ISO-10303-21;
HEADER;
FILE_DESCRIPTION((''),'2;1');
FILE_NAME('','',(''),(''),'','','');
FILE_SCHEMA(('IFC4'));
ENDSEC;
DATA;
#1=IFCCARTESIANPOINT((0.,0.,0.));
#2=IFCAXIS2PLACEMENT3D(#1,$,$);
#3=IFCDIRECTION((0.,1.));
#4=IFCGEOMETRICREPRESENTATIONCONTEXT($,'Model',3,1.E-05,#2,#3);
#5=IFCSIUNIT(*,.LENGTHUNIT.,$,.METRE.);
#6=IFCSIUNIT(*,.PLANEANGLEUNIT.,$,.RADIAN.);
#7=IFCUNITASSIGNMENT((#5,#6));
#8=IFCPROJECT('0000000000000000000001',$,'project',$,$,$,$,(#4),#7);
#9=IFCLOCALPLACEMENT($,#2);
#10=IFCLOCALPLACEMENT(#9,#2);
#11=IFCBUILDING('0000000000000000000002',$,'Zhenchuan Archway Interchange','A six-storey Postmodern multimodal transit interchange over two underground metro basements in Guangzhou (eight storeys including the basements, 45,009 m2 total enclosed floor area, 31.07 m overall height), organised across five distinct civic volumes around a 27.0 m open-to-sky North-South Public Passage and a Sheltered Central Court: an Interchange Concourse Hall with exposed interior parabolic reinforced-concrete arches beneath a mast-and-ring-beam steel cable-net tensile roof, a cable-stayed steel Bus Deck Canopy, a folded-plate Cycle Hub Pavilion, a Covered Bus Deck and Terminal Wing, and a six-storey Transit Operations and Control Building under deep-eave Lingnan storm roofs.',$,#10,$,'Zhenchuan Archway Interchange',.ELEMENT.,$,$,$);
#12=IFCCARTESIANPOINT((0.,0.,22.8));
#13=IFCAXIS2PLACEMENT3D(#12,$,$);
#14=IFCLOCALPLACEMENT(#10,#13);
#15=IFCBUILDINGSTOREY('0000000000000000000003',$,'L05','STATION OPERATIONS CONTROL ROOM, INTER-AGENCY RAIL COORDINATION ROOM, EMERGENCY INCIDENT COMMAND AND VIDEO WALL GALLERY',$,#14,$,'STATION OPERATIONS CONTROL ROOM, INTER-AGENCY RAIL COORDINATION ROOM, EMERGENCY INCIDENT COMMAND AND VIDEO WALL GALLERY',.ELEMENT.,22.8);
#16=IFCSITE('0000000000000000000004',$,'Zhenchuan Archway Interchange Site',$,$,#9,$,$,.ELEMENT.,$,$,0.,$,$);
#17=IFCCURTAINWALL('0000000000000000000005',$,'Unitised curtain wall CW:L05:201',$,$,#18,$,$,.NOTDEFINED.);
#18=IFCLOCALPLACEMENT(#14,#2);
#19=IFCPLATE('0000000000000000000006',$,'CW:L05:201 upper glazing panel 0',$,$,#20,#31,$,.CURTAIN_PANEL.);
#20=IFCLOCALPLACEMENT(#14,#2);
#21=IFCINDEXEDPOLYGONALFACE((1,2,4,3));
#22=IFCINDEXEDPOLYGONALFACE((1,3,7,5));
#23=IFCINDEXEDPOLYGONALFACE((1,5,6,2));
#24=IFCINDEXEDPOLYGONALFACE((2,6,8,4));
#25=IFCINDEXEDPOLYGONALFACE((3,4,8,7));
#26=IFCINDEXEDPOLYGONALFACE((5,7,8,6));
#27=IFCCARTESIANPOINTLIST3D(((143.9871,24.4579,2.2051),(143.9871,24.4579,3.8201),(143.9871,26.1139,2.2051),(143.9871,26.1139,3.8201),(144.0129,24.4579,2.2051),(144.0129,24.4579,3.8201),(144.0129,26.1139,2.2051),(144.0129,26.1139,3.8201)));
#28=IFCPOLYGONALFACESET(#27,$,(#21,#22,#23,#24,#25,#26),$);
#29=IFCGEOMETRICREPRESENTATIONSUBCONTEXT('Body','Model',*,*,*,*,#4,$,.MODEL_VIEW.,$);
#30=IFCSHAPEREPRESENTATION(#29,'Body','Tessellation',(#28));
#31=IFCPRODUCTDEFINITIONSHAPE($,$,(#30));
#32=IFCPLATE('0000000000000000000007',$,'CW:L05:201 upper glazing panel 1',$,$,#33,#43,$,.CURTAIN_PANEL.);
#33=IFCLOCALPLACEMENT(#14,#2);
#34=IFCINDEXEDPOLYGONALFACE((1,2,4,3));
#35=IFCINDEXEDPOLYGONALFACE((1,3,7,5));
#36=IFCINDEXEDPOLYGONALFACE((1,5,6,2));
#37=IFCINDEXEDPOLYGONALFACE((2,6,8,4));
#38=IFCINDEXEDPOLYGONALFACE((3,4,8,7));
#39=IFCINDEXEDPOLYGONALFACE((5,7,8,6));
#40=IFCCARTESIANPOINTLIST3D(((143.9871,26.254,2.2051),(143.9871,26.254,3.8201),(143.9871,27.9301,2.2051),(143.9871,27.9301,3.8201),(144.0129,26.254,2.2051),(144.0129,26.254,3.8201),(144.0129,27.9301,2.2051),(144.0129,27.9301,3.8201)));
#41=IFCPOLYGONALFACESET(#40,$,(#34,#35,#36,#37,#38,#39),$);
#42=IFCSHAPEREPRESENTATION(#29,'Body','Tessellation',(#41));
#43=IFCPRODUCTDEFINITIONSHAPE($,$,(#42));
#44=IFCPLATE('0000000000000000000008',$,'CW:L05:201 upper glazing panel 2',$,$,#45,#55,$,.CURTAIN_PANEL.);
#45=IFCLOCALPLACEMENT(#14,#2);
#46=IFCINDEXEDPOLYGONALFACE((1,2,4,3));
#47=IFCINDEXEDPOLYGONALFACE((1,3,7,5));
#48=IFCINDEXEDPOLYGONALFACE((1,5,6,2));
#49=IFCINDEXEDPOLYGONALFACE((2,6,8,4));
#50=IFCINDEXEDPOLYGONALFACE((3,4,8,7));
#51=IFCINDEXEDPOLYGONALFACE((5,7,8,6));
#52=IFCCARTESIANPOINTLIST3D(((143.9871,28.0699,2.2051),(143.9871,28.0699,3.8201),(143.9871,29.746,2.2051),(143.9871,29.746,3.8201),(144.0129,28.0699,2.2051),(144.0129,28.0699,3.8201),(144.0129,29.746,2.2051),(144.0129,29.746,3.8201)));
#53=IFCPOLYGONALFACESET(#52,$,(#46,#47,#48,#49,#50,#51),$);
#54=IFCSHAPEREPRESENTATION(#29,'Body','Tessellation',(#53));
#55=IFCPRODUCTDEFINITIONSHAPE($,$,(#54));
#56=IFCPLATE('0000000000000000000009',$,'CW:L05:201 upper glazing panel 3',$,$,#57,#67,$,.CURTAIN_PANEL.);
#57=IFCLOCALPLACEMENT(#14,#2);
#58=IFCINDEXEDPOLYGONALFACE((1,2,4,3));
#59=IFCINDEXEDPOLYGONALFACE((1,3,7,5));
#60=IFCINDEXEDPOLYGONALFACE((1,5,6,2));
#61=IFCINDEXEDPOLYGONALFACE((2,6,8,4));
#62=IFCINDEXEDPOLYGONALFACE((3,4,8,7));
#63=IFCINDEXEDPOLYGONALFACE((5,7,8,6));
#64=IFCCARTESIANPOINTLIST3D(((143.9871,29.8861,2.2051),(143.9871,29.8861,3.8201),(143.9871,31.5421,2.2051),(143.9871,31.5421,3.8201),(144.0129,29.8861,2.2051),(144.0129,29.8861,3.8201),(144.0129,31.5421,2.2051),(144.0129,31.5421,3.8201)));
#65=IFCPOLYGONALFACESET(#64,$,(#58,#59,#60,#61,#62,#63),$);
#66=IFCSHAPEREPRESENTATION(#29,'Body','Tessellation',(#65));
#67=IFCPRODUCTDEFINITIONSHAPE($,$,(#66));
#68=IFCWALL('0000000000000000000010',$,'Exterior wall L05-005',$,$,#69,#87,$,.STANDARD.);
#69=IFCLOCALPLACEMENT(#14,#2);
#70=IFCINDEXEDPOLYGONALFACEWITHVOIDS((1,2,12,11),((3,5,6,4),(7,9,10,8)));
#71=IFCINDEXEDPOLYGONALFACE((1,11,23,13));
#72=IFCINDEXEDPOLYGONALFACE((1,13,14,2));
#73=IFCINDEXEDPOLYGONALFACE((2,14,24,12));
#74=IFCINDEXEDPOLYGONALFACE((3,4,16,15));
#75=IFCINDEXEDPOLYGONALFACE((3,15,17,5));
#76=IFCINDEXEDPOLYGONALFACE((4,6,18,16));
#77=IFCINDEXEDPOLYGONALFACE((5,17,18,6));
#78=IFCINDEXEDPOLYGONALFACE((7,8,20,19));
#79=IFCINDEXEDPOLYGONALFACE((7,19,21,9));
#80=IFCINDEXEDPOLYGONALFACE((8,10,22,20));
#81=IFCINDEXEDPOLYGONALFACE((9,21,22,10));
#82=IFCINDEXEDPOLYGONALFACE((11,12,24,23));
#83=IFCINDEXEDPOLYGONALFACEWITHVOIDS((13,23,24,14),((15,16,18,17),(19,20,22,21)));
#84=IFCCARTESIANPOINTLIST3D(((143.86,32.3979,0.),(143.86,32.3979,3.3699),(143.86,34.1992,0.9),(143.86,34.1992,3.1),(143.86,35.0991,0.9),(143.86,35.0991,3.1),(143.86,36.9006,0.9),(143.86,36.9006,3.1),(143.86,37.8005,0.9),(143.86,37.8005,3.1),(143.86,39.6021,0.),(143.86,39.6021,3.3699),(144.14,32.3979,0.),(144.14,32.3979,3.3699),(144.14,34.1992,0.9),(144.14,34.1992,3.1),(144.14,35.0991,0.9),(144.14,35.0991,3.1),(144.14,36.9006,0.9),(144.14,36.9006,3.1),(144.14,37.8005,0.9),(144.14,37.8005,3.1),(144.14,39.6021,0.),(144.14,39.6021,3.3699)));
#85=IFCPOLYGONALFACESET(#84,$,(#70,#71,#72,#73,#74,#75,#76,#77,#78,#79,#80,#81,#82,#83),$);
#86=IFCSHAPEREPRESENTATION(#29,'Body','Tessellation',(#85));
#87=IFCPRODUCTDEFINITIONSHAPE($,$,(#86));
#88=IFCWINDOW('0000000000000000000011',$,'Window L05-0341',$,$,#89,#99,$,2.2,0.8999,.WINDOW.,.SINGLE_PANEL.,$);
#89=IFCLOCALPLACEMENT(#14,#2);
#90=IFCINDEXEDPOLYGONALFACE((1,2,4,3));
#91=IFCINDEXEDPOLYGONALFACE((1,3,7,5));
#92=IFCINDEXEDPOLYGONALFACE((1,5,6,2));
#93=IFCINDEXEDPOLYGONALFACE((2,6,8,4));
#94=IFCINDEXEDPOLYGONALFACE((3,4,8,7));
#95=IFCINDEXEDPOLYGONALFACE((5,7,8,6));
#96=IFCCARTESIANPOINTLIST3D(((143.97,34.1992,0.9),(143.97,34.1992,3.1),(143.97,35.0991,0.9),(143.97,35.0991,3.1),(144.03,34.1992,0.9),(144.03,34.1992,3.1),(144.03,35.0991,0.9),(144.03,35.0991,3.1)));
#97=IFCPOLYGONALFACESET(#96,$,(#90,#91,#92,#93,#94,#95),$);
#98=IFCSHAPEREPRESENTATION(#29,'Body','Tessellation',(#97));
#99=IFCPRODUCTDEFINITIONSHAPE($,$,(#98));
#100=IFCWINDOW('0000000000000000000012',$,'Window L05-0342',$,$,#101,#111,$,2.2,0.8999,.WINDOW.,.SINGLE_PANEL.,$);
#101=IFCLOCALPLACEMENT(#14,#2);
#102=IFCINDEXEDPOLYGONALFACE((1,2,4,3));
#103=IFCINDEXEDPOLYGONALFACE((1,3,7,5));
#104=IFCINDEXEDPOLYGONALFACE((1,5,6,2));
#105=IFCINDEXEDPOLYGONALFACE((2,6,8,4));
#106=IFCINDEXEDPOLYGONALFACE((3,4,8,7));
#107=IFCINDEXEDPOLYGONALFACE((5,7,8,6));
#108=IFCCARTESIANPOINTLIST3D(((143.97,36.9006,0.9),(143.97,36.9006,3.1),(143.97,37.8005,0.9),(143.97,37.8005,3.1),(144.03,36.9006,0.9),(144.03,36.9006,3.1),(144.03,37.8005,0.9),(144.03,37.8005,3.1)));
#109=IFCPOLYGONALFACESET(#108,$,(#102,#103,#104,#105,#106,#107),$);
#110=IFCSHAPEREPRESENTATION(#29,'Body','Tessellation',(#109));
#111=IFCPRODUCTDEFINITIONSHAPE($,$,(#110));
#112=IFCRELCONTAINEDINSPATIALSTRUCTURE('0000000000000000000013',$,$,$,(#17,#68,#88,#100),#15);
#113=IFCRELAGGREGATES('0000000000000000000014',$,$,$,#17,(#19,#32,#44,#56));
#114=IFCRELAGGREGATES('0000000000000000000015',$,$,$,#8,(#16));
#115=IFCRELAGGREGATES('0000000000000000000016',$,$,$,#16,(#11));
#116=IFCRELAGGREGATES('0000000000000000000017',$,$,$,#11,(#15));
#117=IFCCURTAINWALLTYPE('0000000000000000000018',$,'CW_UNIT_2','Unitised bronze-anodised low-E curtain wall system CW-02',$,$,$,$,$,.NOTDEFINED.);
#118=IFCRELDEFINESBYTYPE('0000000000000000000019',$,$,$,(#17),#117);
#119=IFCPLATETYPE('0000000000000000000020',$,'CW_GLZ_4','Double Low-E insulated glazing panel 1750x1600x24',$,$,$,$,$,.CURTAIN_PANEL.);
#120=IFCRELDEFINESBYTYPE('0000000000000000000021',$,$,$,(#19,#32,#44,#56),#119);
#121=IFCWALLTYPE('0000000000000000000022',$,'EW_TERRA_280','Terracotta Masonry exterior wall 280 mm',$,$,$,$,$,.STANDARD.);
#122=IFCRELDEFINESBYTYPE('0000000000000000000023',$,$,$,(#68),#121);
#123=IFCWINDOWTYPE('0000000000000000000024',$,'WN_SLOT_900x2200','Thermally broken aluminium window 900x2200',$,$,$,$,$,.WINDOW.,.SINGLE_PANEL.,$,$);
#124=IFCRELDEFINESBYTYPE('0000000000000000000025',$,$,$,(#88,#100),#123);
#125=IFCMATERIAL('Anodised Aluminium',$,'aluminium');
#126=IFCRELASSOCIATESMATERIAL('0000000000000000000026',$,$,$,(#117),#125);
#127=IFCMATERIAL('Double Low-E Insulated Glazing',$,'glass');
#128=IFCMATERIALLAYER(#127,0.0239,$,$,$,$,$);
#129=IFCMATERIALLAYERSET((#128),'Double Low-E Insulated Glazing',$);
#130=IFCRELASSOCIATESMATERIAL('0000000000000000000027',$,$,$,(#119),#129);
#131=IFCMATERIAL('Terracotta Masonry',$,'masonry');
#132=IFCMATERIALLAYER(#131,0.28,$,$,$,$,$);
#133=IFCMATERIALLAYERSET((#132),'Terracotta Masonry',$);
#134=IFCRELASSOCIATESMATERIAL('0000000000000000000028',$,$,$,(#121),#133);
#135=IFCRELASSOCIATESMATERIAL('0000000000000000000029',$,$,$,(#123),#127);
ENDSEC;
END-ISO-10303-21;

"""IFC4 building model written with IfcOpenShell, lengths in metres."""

from ifc_helpers import new_model, si_unit, direction, frame, frame_2d, origin, origin_2d, place, context, subcontext, project, spatial, rectangle, extrude, material, layer, layer_set, type_object, element, fill, aggregate, save


model = new_model("IFC4")

# Units and contexts
model_context = context("Model", 3, precision=1e-05, world=origin(), true_north=direction((0.0, 1.0)))
body_context = subcontext(model_context, "Body", "Model", "MODEL_VIEW")
ifc_project = project(units=[si_unit("LENGTHUNIT", "METRE"), si_unit("PLANEANGLEUNIT", "RADIAN")], contexts=[model_context])

# Site, building, storey
site_placement = place(None, origin())
site = spatial("IfcSite", under=ifc_project, at=site_placement, Name="Zhenchuan Archway Interchange Site", CompositionType="ELEMENT", RefElevation=0.0)
building_placement = place(site_placement, origin())
building = spatial("IfcBuilding", under=site, at=building_placement, Name="Zhenchuan Archway Interchange", Description="A six-storey Postmodern multimodal transit interchange over two underground metro basements in Guangzhou (eight storeys including the basements, 45,009 m2 total enclosed floor area, 31.07 m overall height), organised across five distinct civic volumes around a 27.0 m open-to-sky North-South Public Passage and a Sheltered Central Court: an Interchange Concourse Hall with exposed interior parabolic reinforced-concrete arches beneath a mast-and-ring-beam steel cable-net tensile roof, a cable-stayed steel Bus Deck Canopy, a folded-plate Cycle Hub Pavilion, a Covered Bus Deck and Terminal Wing, and a six-storey Transit Operations and Control Building under deep-eave Lingnan storm roofs.", LongName="Zhenchuan Archway Interchange", CompositionType="ELEMENT")
storey_placement = place(building_placement, frame((0.0, 0.0, 22.8)))
storey = spatial("IfcBuildingStorey", under=building, at=storey_placement, Name="L05", Description="STATION OPERATIONS CONTROL ROOM, INTER-AGENCY RAIL COORDINATION ROOM, EMERGENCY INCIDENT COMMAND AND VIDEO WALL GALLERY", LongName="STATION OPERATIONS CONTROL ROOM, INTER-AGENCY RAIL COORDINATION ROOM, EMERGENCY INCIDENT COMMAND AND VIDEO WALL GALLERY", CompositionType="ELEMENT", Elevation=22.8)

# Shared definitions
ifc_material_1 = material(Name="Anodised Aluminium", Category="aluminium")

# Curtain wall
curtain_wall_type_1 = type_object("IfcCurtainWallType", Name="CW_UNIT_2", Description="Unitised bronze-anodised low-E curtain wall system CW-02", PredefinedType="NOTDEFINED", material=ifc_material_1)
curtain_wall_1_placement = place(storey_placement, origin())
curtain_wall_1 = element("IfcCurtainWall", 1, at=curtain_wall_1_placement, inside=storey, type_object=curtain_wall_type_1, Name="Unitised curtain wall CW:L05:201", PredefinedType="NOTDEFINED")

# Plates
ifc_material_2 = material(Name="Double Low-E Insulated Glazing", Category="glass")
ifc_layer_1 = layer(ifc_material_2, 0.0239)
ifc_layer_set_1 = layer_set([ifc_layer_1], Name="Double Low-E Insulated Glazing")
plate_type_1 = type_object("IfcPlateType", Name="CW_GLZ_4", Description="Double Low-E insulated glazing panel 1750x1600x24", PredefinedType="CURTAIN_PANEL", material=ifc_layer_set_1)
plate_1_placement = place(storey_placement, frame((144.0, 25.2859, 2.2051), z_axis=(0.0, 0.0, 1.0), x_axis=(0.0, 1.0, 0.0)))
plate_1 = element("IfcPlate", 2, at=plate_1_placement, type_object=plate_type_1, Name="CW:L05:201 upper glazing panel 0", PredefinedType="CURTAIN_PANEL", context=body_context, shape_type="SweptSolid", body=[
    extrude(rectangle(XDim=1.656, YDim=0.0259, at=origin_2d()), origin(), (0.0, 0.0, 1.0), 1.615),
])
plate_2_placement = place(storey_placement, frame((144.0, 27.092, 2.2051), z_axis=(0.0, 0.0, 1.0), x_axis=(0.0, 1.0, 0.0)))
plate_2 = element("IfcPlate", 3, at=plate_2_placement, type_object=plate_type_1, Name="CW:L05:201 upper glazing panel 1", PredefinedType="CURTAIN_PANEL", context=body_context, shape_type="SweptSolid", body=[
    extrude(rectangle(XDim=1.676, YDim=0.0259, at=origin_2d()), origin(), (0.0, 0.0, 1.0), 1.615),
])
plate_3_placement = place(storey_placement, frame((144.0, 28.908, 2.2051), z_axis=(0.0, 0.0, 1.0), x_axis=(0.0, 1.0, 0.0)))
plate_3 = element("IfcPlate", 4, at=plate_3_placement, type_object=plate_type_1, Name="CW:L05:201 upper glazing panel 2", PredefinedType="CURTAIN_PANEL", context=body_context, shape_type="SweptSolid", body=[
    extrude(rectangle(XDim=1.676, YDim=0.0259, at=origin_2d()), origin(), (0.0, 0.0, 1.0), 1.615),
])
plate_4_placement = place(storey_placement, frame((144.0, 30.7141, 2.2051), z_axis=(0.0, 0.0, 1.0), x_axis=(0.0, 1.0, 0.0)))
plate_4 = element("IfcPlate", 5, at=plate_4_placement, type_object=plate_type_1, Name="CW:L05:201 upper glazing panel 3", PredefinedType="CURTAIN_PANEL", context=body_context, shape_type="SweptSolid", body=[
    extrude(rectangle(XDim=1.656, YDim=0.0259, at=origin_2d()), origin(), (0.0, 0.0, 1.0), 1.615),
])
aggregate(curtain_wall_1, [plate_1, plate_2, plate_3, plate_4])

# Wall, openings, windows
ifc_material_3 = material(Name="Terracotta Masonry", Category="masonry")
ifc_layer_2 = layer(ifc_material_3, 0.28)
ifc_layer_set_2 = layer_set([ifc_layer_2], Name="Terracotta Masonry")
wall_type = type_object("IfcWallType", Name="EW_TERRA_280", Description="Terracotta Masonry exterior wall 280 mm", PredefinedType="STANDARD", material=ifc_layer_set_2)
wall_placement = place(storey_placement, frame((144.0, 32.3979, 0.0), z_axis=(0.0, 0.0, 1.0), x_axis=(0.0, 1.0, 0.0)))
wall = element("IfcWall", 6, at=wall_placement, inside=storey, type_object=wall_type, Name="Exterior wall L05-005", PredefinedType="STANDARD", context=body_context, shape_type="SweptSolid", body=[
    extrude(rectangle(XDim=7.2041, YDim=0.28, at=frame_2d((3.6021, 0.0))), origin(), (0.0, 0.0, 1.0), 3.3699),
])
opening_1_placement = place(wall_placement, frame((1.8013, 0.0, 0.8999)))
opening_1 = element("IfcOpeningElement", 7, at=opening_1_placement, cuts=wall, PredefinedType="OPENING", context=body_context, shape_type="SweptSolid", body=[
    extrude(rectangle(XDim=0.8999, YDim=2.2, at=frame_2d((0.45, 1.1001))), frame((0.0, 0.1519, 0.0), z_axis=(0.0, -1.0, 0.0), x_axis=(1.0, 0.0, 0.0)), (0.0, 0.0, 1.0), 0.304),
])
opening_2_placement = place(wall_placement, frame((4.5027, 0.0, 0.8999)))
opening_2 = element("IfcOpeningElement", 8, at=opening_2_placement, cuts=wall, PredefinedType="OPENING", context=body_context, shape_type="SweptSolid", body=[
    extrude(rectangle(XDim=0.8999, YDim=2.2, at=frame_2d((0.45, 1.1001))), frame((0.0, 0.1519, 0.0), z_axis=(0.0, -1.0, 0.0), x_axis=(1.0, 0.0, 0.0)), (0.0, 0.0, 1.0), 0.304),
])
window_type = type_object("IfcWindowType", Name="WN_SLOT_900x2200", Description="Thermally broken aluminium window 900x2200", PartitioningType="SINGLE_PANEL", PredefinedType="WINDOW", material=ifc_material_2)
window_1_placement = place(opening_1_placement, origin())
window_1 = element("IfcWindow", 9, at=window_1_placement, inside=storey, type_object=window_type, Name="Window L05-0341", OverallHeight=2.2, OverallWidth=0.8999, PartitioningType="SINGLE_PANEL", PredefinedType="WINDOW", context=body_context, shape_type="SweptSolid", body=[
    extrude(rectangle(XDim=0.8999, YDim=2.2, at=frame_2d((0.45, 1.1001))), frame((0.0, 0.03, 0.0), z_axis=(0.0, -1.0, 0.0), x_axis=(1.0, 0.0, 0.0)), (0.0, 0.0, 1.0), 0.0601),
])
fill(opening_1, window_1)
window_2_placement = place(opening_2_placement, origin())
window_2 = element("IfcWindow", 10, at=window_2_placement, inside=storey, type_object=window_type, Name="Window L05-0342", OverallHeight=2.2, OverallWidth=0.8999, PartitioningType="SINGLE_PANEL", PredefinedType="WINDOW", context=body_context, shape_type="SweptSolid", body=[
    extrude(rectangle(XDim=0.8999, YDim=2.2, at=frame_2d((0.45, 1.1001))), frame((0.0, 0.03, 0.0), z_axis=(0.0, -1.0, 0.0), x_axis=(1.0, 0.0, 0.0)), (0.0, 0.0, 1.0), 0.0601),
])
fill(opening_2, window_2)

save(model, "model.ifc")
